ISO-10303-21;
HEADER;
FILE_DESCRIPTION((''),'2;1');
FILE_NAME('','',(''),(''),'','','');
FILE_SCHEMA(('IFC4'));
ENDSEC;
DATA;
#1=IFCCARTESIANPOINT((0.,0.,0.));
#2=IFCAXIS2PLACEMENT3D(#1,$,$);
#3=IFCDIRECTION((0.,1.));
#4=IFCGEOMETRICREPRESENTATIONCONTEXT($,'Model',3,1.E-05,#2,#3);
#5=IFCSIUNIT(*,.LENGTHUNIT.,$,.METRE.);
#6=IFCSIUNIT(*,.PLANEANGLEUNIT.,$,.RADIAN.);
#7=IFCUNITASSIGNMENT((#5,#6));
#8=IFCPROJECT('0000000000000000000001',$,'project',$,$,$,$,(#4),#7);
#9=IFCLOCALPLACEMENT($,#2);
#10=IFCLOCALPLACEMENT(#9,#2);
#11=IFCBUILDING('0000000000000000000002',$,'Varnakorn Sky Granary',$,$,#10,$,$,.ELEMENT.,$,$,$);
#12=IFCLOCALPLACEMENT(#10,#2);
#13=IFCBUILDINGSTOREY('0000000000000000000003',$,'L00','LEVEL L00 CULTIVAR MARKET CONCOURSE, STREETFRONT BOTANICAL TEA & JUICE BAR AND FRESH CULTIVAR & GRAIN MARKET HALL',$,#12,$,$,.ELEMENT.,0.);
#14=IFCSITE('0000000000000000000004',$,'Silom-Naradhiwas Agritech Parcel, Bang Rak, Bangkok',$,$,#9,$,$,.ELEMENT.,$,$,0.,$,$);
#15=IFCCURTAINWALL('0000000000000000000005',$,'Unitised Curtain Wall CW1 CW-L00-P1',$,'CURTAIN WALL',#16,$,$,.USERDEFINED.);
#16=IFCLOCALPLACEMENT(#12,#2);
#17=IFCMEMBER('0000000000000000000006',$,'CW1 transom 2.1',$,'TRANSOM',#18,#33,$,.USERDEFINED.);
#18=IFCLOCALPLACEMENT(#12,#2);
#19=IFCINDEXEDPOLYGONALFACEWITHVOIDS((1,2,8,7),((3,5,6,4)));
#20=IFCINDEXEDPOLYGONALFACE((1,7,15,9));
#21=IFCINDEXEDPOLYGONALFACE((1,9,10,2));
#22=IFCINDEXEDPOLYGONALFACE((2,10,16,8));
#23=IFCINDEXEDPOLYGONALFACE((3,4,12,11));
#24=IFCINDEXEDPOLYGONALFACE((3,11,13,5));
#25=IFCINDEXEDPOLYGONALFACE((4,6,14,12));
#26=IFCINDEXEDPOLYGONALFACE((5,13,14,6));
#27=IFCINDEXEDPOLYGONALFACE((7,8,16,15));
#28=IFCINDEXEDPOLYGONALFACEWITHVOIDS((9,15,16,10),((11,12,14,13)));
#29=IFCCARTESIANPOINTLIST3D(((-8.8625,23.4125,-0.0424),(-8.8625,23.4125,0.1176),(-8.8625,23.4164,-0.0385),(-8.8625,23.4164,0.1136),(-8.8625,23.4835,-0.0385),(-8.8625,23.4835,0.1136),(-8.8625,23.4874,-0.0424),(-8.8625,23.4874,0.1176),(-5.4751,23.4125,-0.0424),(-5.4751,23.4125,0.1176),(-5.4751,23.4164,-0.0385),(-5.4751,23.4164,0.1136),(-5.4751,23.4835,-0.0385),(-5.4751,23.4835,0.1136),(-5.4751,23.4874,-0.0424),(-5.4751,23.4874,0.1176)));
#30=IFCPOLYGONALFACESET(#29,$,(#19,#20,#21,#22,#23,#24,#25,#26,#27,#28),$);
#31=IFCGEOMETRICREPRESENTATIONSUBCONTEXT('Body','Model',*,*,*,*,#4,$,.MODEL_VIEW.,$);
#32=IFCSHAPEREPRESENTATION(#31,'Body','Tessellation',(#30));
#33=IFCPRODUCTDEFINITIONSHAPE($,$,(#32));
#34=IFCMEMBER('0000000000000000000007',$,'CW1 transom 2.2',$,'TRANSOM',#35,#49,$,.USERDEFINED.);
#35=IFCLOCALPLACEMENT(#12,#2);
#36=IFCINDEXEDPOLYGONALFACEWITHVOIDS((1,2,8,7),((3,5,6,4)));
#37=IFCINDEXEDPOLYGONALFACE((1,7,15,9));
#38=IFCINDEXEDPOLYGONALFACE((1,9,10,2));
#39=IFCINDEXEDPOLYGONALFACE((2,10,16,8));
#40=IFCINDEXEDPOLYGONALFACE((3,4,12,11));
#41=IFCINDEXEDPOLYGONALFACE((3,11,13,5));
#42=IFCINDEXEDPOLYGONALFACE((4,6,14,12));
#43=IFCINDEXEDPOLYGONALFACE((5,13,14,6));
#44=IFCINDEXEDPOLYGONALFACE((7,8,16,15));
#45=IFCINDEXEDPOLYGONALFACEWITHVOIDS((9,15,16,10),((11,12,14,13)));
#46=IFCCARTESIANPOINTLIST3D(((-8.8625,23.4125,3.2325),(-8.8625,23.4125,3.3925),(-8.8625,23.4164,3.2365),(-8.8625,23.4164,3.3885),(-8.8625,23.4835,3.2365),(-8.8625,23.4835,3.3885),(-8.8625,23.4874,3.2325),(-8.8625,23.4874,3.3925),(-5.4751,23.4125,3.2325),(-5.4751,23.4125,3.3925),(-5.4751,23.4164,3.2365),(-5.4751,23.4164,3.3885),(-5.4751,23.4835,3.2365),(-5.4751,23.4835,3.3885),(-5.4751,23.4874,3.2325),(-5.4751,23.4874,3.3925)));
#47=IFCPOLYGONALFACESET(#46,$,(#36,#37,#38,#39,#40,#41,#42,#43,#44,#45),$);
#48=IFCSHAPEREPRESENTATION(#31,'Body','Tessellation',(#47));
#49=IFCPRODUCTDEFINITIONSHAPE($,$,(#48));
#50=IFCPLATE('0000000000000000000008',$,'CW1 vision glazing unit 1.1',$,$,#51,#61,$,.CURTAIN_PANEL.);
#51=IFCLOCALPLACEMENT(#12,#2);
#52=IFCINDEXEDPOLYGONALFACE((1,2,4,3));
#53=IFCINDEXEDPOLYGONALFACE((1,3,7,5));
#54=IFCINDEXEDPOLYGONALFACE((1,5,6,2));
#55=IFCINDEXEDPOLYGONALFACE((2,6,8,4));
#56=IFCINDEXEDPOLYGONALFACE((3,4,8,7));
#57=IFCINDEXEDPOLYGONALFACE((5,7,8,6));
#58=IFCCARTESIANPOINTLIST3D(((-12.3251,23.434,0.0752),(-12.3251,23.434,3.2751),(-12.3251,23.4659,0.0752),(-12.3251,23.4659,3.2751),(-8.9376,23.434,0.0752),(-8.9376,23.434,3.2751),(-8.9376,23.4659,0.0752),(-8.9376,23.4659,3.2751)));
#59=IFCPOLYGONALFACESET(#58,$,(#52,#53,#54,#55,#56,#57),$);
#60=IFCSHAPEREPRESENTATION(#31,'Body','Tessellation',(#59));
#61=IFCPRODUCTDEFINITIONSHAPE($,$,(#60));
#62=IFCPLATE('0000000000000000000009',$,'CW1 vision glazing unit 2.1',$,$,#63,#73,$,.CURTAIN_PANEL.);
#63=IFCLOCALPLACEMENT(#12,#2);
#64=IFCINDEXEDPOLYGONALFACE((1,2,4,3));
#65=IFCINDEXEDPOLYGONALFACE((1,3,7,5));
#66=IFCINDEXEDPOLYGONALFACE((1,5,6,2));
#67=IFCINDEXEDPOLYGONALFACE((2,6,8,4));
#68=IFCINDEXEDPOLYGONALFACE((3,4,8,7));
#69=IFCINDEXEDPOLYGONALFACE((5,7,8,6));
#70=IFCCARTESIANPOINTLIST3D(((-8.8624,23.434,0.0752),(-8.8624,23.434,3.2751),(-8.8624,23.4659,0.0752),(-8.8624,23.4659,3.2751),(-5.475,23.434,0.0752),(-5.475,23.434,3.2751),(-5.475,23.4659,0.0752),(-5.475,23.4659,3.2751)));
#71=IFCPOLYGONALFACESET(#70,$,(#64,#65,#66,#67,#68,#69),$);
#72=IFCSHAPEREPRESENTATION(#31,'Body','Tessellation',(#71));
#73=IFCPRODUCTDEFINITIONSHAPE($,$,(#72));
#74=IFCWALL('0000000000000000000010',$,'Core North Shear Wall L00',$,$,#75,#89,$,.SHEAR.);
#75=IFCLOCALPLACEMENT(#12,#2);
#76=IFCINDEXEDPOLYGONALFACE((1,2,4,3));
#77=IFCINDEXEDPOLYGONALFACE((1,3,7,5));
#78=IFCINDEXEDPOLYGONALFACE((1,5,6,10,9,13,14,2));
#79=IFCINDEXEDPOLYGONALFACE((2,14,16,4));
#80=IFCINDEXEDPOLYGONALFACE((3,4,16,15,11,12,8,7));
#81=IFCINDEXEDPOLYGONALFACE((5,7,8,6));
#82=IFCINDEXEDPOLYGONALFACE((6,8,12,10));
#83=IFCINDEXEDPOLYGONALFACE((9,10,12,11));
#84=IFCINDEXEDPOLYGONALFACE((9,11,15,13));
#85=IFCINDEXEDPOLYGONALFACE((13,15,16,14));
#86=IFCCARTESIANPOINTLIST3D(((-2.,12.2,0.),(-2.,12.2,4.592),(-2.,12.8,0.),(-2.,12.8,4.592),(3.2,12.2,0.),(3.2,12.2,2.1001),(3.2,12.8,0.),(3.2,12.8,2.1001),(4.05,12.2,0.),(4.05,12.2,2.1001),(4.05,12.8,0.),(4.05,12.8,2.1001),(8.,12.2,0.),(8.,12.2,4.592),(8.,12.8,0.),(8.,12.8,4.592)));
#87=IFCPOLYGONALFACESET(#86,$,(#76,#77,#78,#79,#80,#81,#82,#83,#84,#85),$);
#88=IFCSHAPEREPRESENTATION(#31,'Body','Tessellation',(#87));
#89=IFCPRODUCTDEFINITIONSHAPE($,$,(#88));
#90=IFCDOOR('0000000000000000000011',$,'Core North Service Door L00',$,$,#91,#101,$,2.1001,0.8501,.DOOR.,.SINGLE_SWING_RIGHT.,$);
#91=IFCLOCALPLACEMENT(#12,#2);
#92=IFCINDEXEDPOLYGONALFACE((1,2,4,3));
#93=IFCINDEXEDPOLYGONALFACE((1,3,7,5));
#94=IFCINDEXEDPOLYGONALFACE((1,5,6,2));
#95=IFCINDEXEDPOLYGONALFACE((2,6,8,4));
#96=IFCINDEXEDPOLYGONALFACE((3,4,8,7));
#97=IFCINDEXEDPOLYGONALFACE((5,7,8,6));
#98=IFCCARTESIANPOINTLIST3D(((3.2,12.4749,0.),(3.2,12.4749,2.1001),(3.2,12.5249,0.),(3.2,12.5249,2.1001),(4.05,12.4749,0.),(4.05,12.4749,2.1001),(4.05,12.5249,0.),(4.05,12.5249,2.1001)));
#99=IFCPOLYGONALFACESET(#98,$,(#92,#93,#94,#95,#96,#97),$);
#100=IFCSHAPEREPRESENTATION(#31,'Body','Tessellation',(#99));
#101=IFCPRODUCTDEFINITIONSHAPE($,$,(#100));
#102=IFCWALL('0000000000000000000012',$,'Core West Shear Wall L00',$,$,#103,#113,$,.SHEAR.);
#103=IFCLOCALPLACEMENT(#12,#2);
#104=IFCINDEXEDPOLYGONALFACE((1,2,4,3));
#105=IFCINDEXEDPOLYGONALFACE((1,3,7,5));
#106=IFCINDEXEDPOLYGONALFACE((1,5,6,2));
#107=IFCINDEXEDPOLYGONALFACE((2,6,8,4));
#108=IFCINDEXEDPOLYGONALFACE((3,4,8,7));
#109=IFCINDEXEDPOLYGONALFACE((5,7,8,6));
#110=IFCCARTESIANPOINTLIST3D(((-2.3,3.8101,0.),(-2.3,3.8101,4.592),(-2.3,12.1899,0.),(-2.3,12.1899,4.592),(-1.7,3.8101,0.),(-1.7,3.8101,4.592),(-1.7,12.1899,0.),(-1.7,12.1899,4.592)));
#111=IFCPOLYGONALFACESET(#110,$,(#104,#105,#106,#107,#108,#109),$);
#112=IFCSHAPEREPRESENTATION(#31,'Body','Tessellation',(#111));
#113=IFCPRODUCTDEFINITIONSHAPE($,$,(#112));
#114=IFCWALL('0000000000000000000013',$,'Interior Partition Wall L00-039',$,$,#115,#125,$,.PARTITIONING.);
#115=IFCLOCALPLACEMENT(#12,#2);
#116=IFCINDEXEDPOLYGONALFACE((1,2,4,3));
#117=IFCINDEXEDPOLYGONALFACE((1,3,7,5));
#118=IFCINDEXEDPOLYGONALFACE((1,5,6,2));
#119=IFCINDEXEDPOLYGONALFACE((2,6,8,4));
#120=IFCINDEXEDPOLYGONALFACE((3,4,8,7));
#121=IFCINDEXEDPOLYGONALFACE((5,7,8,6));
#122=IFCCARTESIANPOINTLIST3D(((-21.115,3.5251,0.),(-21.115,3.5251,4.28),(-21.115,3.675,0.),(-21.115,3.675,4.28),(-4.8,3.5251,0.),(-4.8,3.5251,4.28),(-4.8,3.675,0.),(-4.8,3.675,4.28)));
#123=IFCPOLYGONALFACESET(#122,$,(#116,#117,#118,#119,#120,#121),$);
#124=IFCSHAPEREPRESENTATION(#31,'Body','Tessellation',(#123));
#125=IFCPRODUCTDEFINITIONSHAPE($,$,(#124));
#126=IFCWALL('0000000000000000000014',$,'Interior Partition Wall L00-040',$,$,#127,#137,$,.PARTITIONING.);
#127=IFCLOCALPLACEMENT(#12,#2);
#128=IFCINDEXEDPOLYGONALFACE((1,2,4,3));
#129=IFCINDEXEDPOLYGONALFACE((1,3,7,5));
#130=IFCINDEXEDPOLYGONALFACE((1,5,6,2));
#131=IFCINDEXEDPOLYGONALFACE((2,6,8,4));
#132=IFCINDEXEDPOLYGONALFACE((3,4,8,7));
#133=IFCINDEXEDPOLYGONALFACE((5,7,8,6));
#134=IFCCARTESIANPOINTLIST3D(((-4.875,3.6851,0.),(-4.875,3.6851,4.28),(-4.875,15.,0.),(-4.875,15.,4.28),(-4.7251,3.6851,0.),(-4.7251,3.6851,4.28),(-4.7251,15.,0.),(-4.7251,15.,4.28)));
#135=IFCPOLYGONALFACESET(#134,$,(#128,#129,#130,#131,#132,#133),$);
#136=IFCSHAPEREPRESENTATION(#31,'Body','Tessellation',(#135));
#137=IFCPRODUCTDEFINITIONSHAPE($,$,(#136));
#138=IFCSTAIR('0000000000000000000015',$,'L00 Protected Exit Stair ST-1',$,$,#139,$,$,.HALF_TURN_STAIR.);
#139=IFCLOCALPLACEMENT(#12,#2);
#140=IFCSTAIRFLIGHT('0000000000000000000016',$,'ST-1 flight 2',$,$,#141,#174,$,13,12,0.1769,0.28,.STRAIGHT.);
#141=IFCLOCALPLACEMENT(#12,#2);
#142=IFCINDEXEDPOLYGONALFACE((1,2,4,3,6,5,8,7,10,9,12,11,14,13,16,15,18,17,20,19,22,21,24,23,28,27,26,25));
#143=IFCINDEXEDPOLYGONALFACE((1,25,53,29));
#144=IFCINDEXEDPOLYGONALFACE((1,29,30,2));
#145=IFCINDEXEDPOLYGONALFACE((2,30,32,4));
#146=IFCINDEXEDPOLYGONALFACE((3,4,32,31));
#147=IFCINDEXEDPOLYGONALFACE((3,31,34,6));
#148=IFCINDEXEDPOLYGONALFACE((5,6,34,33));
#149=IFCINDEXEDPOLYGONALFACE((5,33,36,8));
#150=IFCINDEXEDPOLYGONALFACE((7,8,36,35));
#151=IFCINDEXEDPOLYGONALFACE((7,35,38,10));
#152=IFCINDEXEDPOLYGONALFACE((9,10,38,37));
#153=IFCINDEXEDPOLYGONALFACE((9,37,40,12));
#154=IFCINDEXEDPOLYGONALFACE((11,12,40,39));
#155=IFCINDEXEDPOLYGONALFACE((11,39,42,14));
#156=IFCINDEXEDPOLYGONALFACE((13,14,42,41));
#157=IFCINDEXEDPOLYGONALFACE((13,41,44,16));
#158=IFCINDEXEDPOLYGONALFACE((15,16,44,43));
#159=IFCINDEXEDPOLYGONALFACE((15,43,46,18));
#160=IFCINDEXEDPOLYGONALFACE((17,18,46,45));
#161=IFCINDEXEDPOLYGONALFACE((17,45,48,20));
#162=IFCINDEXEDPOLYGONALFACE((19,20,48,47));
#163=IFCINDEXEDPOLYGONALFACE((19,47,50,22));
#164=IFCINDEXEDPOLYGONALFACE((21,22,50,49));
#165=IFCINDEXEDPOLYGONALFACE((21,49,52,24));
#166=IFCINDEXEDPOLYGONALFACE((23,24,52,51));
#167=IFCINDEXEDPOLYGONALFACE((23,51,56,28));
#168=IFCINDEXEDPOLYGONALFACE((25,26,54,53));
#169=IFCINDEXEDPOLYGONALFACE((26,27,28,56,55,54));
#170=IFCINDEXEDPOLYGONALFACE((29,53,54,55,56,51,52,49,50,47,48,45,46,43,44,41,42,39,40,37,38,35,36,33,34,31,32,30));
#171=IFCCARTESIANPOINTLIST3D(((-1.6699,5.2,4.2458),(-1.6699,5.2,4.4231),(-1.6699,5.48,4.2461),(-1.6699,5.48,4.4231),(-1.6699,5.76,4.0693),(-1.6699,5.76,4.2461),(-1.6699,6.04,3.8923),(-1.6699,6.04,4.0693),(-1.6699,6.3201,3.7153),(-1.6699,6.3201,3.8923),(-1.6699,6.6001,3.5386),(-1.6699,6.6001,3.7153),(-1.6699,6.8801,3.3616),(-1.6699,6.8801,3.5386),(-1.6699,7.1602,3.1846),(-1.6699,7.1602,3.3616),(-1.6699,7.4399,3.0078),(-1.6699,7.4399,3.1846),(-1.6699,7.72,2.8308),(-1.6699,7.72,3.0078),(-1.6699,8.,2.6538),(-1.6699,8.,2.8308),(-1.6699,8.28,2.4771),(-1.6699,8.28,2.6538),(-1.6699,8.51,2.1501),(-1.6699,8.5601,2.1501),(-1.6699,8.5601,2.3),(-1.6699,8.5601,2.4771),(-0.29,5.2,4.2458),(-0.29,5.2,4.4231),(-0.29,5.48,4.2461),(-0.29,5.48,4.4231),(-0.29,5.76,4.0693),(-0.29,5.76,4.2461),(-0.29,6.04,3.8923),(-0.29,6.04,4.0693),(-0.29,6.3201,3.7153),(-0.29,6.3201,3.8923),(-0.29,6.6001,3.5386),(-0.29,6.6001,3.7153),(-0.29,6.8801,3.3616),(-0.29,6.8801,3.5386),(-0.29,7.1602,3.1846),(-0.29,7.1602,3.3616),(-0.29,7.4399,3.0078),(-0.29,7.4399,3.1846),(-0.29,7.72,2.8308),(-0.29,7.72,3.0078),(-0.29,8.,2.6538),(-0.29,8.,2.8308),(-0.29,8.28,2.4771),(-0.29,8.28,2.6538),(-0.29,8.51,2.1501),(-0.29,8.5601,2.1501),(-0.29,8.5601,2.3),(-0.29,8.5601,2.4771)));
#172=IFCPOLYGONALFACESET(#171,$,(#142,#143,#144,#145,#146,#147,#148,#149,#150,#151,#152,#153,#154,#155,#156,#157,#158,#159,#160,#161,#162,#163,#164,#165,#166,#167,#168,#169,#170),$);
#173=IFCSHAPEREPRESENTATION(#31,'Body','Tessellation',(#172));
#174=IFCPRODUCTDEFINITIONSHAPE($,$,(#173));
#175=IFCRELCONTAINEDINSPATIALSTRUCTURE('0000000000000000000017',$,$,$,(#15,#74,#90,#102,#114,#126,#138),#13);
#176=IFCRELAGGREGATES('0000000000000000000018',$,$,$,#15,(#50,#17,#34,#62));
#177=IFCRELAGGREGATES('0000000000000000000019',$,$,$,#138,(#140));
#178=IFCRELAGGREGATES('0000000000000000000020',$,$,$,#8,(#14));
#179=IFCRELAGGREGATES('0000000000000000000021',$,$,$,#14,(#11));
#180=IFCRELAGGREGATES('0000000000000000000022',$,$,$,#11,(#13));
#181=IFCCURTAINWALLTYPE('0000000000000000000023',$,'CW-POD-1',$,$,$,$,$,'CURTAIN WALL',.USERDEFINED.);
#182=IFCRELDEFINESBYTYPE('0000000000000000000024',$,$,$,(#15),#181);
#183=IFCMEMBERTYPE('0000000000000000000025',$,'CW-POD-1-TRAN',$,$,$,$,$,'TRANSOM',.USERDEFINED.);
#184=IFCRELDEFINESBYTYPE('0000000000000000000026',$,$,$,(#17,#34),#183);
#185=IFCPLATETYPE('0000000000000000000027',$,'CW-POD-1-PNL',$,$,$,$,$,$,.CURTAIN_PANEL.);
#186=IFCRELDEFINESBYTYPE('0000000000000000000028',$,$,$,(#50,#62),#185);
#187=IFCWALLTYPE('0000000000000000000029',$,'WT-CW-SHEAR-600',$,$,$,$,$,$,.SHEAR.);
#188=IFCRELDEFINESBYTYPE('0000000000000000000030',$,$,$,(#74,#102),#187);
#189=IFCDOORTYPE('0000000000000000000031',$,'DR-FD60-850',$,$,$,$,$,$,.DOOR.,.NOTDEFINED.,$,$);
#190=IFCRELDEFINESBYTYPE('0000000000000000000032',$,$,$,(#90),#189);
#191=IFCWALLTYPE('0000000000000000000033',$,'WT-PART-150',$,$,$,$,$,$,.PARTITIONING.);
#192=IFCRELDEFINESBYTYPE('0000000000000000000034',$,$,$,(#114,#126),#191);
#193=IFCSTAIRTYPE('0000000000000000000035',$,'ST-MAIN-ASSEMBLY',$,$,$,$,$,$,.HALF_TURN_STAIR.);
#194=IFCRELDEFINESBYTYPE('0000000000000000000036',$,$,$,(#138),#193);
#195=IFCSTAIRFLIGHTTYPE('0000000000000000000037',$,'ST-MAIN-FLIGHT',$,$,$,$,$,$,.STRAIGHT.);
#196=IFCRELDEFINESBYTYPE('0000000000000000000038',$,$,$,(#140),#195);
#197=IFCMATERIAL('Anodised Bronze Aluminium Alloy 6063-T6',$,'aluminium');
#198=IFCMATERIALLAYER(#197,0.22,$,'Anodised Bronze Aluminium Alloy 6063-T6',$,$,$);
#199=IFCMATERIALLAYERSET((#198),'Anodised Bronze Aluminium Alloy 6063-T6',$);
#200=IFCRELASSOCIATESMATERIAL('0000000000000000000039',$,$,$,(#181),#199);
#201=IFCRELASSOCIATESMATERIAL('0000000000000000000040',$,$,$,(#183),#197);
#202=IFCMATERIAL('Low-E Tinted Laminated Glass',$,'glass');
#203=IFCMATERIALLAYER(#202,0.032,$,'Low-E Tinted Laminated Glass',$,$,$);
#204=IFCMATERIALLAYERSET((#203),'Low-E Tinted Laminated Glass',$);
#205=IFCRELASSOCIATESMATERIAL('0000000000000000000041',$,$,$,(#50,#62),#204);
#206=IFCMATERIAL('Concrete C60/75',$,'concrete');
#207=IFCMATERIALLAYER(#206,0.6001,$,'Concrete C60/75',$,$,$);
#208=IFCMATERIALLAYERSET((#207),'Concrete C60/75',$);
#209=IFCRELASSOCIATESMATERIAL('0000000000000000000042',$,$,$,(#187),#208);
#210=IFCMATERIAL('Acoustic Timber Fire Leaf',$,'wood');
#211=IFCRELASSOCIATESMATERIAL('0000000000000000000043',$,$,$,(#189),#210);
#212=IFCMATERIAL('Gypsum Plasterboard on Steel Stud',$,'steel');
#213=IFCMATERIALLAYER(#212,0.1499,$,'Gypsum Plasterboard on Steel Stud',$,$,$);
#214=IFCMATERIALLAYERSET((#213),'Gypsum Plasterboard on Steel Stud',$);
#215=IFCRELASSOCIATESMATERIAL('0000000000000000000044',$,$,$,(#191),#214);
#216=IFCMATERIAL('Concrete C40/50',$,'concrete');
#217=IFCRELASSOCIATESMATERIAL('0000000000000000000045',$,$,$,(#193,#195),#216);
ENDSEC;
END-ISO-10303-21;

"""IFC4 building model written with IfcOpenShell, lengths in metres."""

from ifc_helpers import new_model, si_unit, direction, frame, frame_2d, origin, origin_2d, place, context, subcontext, project, spatial, polyline, rectangle, hollow_rectangle, outline, extrude, source, transform, mapped, material, layer, layer_set, material_profile, profile_set, type_object, type_shapes, element, fill, aggregate, save


model = new_model("IFC4")

# Units and contexts
model_context = context("Model", 3, precision=1e-05, world=origin(), true_north=direction((0.0, 1.0)))
body_context = subcontext(model_context, "Body", "Model", "MODEL_VIEW")
ifc_project = project(units=[si_unit("LENGTHUNIT", "METRE"), si_unit("PLANEANGLEUNIT", "RADIAN")], contexts=[model_context])

# Site, building, storey
site_placement = place(None, origin())
site = spatial("IfcSite", under=ifc_project, at=site_placement, Name="Silom-Naradhiwas Agritech Parcel, Bang Rak, Bangkok", CompositionType="ELEMENT", RefElevation=0.0)
building_placement = place(site_placement, origin())
building = spatial("IfcBuilding", under=site, at=building_placement, Name="Varnakorn Sky Granary", CompositionType="ELEMENT")
storey_placement = place(building_placement, origin())
storey = spatial("IfcBuildingStorey", under=building, at=storey_placement, Name="L00", Description="LEVEL L00 CULTIVAR MARKET CONCOURSE, STREETFRONT BOTANICAL TEA & JUICE BAR AND FRESH CULTIVAR & GRAIN MARKET HALL", CompositionType="ELEMENT", Elevation=0.0)

# Shared definitions
ifc_material_1 = material(Name="Concrete C60/75", Category="concrete")

# Curtain wall, members, plates
ifc_material_2 = material(Name="Anodised Bronze Aluminium Alloy 6063-T6", Category="aluminium")
ifc_layer_1 = layer(ifc_material_2, 0.22, Name="Anodised Bronze Aluminium Alloy 6063-T6")
ifc_layer_set_1 = layer_set([ifc_layer_1], Name="Anodised Bronze Aluminium Alloy 6063-T6")
curtain_wall_type = type_object("IfcCurtainWallType", Name="CW-POD-1", ElementType="CURTAIN WALL", PredefinedType="USERDEFINED", material=ifc_layer_set_1)
curtain_wall_placement = place(storey_placement, origin())
curtain_wall = element("IfcCurtainWall", 1, at=curtain_wall_placement, inside=storey, type_object=curtain_wall_type, Name="Unitised Curtain Wall CW1 CW-L00-P1", ObjectType="CURTAIN WALL", PredefinedType="USERDEFINED")
ifc_material_profile_1 = material_profile(ifc_material_2, hollow_rectangle(XDim=0.075, YDim=0.1599, WallThickness=0.0039, at=origin_2d()), Name="ALU TRAN 75x160")
ifc_profile_set_1 = profile_set([ifc_material_profile_1], Name="Anodised Bronze Aluminium Alloy 6063-T6")
member_type_1 = type_object("IfcMemberType", Name="CW-POD-1-TRAN", ElementType="TRANSOM", PredefinedType="USERDEFINED", material=ifc_profile_set_1)
member_1_placement = place(storey_placement, frame((-8.8625, 23.45, 0.0376), z_axis=(1.0, 0.0, 0.0), x_axis=(0.0, 1.0, 0.0)))
member_1 = element("IfcMember", 2, at=member_1_placement, type_object=member_type_1, Name="CW1 transom 2.1", ObjectType="TRANSOM", PredefinedType="USERDEFINED", context=body_context, shape_type="SweptSolid", body=[
    extrude(hollow_rectangle(XDim=0.075, YDim=0.1599, WallThickness=0.0039, at=origin_2d()), origin(), (0.0, 0.0, 1.0), 3.3875),
])
member_2_placement = place(storey_placement, frame((-8.8625, 23.45, 3.3125), z_axis=(1.0, 0.0, 0.0), x_axis=(0.0, 1.0, 0.0)))
member_2 = element("IfcMember", 3, at=member_2_placement, type_object=member_type_1, Name="CW1 transom 2.2", ObjectType="TRANSOM", PredefinedType="USERDEFINED", context=body_context, shape_type="SweptSolid", body=[
    extrude(hollow_rectangle(XDim=0.075, YDim=0.1599, WallThickness=0.0039, at=origin_2d()), origin(), (0.0, 0.0, 1.0), 3.3875),
])
ifc_material_3 = material(Name="Low-E Tinted Laminated Glass", Category="glass")
ifc_layer_2 = layer(ifc_material_3, 0.032, Name="Low-E Tinted Laminated Glass")
ifc_layer_set_2 = layer_set([ifc_layer_2], Name="Low-E Tinted Laminated Glass")
plate_type = type_object("IfcPlateType", Name="CW-POD-1-PNL", PredefinedType="CURTAIN_PANEL")
shared_shape = source(origin(), body_context, "Body", "SweptSolid", [
    extrude(rectangle(XDim=3.3875, YDim=0.032, at=origin_2d()), origin(), (0.0, 0.0, 1.0), 3.2),
])
type_shapes(plate_type, [shared_shape])
plate_1_placement = place(storey_placement, frame((-10.6313, 23.45, 0.0752), z_axis=(0.0, 0.0, 1.0), x_axis=(1.0, 0.0, 0.0)))
plate_1 = element("IfcPlate", 4, at=plate_1_placement, type_object=plate_type, material=ifc_layer_set_2, Name="CW1 vision glazing unit 1.1", PredefinedType="CURTAIN_PANEL", context=body_context, shape_type="MappedRepresentation", body=[
    mapped(shared_shape, transform((0.0, 0.0, 0.0), x_axis=(1.0, 0.0, 0.0), y_axis=(0.0, 1.0, 0.0), z_axis=(0.0, 0.0, 1.0), scale=1.0)),
])
plate_2_placement = place(storey_placement, frame((-7.1687, 23.45, 0.0752), z_axis=(0.0, 0.0, 1.0), x_axis=(1.0, 0.0, 0.0)))
plate_2 = element("IfcPlate", 5, at=plate_2_placement, type_object=plate_type, material=ifc_layer_set_2, Name="CW1 vision glazing unit 2.1", PredefinedType="CURTAIN_PANEL", context=body_context, shape_type="MappedRepresentation", body=[
    mapped(shared_shape, transform((0.0, 0.0, 0.0), x_axis=(1.0, 0.0, 0.0), y_axis=(0.0, 1.0, 0.0), z_axis=(0.0, 0.0, 1.0), scale=1.0)),
])
aggregate(curtain_wall, [plate_1, member_1, member_2, plate_2])

# Wall, opening, door
ifc_layer_3 = layer(ifc_material_1, 0.6001, Name="Concrete C60/75")
ifc_layer_set_3 = layer_set([ifc_layer_3], Name="Concrete C60/75")
wall_type_1 = type_object("IfcWallType", Name="WT-CW-SHEAR-600", PredefinedType="SHEAR", material=ifc_layer_set_3)
wall_1_placement = place(storey_placement, frame((-2.0, 12.5, 0.0), z_axis=(0.0, 0.0, 1.0), x_axis=(1.0, 0.0, 0.0)))
wall_1 = element("IfcWall", 6, at=wall_1_placement, inside=storey, type_object=wall_type_1, Name="Core North Shear Wall L00", PredefinedType="SHEAR", context=body_context, shape_type="SweptSolid", body=[
    extrude(rectangle(XDim=10.0, YDim=0.6001, at=frame_2d((5.0, 0.0))), origin(), (0.0, 0.0, 1.0), 4.592),
])
opening_placement = place(wall_1_placement, frame((5.2, 0.0, 0.0)))
opening = element("IfcOpeningElement", 7, at=opening_placement, cuts=wall_1, PredefinedType="OPENING", context=body_context, shape_type="SweptSolid", body=[
    extrude(rectangle(XDim=0.8501, YDim=2.1001, at=frame_2d((0.425, 1.05))), frame((0.0, 0.3101, 0.0), z_axis=(0.0, -1.0, 0.0), x_axis=(1.0, 0.0, 0.0)), (0.0, 0.0, 1.0), 0.6201),
])
ifc_material_4 = material(Name="Acoustic Timber Fire Leaf", Category="wood")
door_type = type_object("IfcDoorType", Name="DR-FD60-850", OperationType="NOTDEFINED", PredefinedType="DOOR", material=ifc_material_4)
door_placement = place(opening_placement, origin())
door = element("IfcDoor", 8, at=door_placement, inside=storey, type_object=door_type, Name="Core North Service Door L00", OperationType="SINGLE_SWING_RIGHT", OverallHeight=2.1001, OverallWidth=0.8501, PredefinedType="DOOR", context=body_context, shape_type="SweptSolid", body=[
    extrude(rectangle(XDim=0.8501, YDim=2.1001, at=frame_2d((0.425, 1.05))), frame((0.0, 0.0249, 0.0), z_axis=(0.0, -1.0, 0.0), x_axis=(1.0, 0.0, 0.0)), (0.0, 0.0, 1.0), 0.05),
])
fill(opening, door)

# Walls
wall_2_placement = place(storey_placement, frame((-2.0, 3.8101, 0.0), z_axis=(0.0, 0.0, 1.0), x_axis=(0.0, 1.0, 0.0)))
element("IfcWall", 9, at=wall_2_placement, inside=storey, type_object=wall_type_1, Name="Core West Shear Wall L00", PredefinedType="SHEAR", context=body_context, shape_type="SweptSolid", body=[
    extrude(rectangle(XDim=8.3799, YDim=0.6001, at=frame_2d((4.1899, 0.0))), origin(), (0.0, 0.0, 1.0), 4.592),
])
ifc_material_5 = material(Name="Gypsum Plasterboard on Steel Stud", Category="steel")
ifc_layer_4 = layer(ifc_material_5, 0.1499, Name="Gypsum Plasterboard on Steel Stud")
ifc_layer_set_4 = layer_set([ifc_layer_4], Name="Gypsum Plasterboard on Steel Stud")
wall_type_2 = type_object("IfcWallType", Name="WT-PART-150", PredefinedType="PARTITIONING", material=ifc_layer_set_4)
wall_3_placement = place(storey_placement, frame((-4.8, 3.6001, 0.0), z_axis=(0.0, 0.0, 1.0), x_axis=(-1.0, 0.0, 0.0)))
element("IfcWall", 10, at=wall_3_placement, inside=storey, type_object=wall_type_2, Name="Interior Partition Wall L00-039", PredefinedType="PARTITIONING", context=body_context, shape_type="SweptSolid", body=[
    extrude(rectangle(XDim=16.3149, YDim=0.1499, at=frame_2d((8.1575, 0.0))), origin(), (0.0, 0.0, 1.0), 4.28),
])
wall_4_placement = place(storey_placement, frame((-4.8, 15.0, 0.0), z_axis=(0.0, 0.0, 1.0), x_axis=(0.0, -1.0, 0.0)))
element("IfcWall", 11, at=wall_4_placement, inside=storey, type_object=wall_type_2, Name="Interior Partition Wall L00-040", PredefinedType="PARTITIONING", context=body_context, shape_type="SweptSolid", body=[
    extrude(rectangle(XDim=11.3149, YDim=0.1499, at=frame_2d((5.6575, 0.0))), origin(), (0.0, 0.0, 1.0), 4.28),
])

# Stair, stair flight
ifc_material_6 = material(Name="Concrete C40/50", Category="concrete")
stair_type = type_object("IfcStairType", Name="ST-MAIN-ASSEMBLY", PredefinedType="HALF_TURN_STAIR", material=ifc_material_6)
stair_placement = place(storey_placement, origin())
stair = element("IfcStair", 12, at=stair_placement, inside=storey, type_object=stair_type, Name="L00 Protected Exit Stair ST-1", PredefinedType="HALF_TURN_STAIR")
stair_flight_type = type_object("IfcStairFlightType", Name="ST-MAIN-FLIGHT", PredefinedType="STRAIGHT", material=ifc_material_6)
stair_flight_placement = place(storey_placement, frame((-0.98, 8.5601, 2.3), z_axis=(0.0, 0.0, 1.0), x_axis=(0.0, -1.0, 0.0)))
stair_flight = element("IfcStairFlight", 13, at=stair_flight_placement, type_object=stair_flight_type, Name="ST-1 flight 2", NumberOfRisers=13, NumberOfTreads=12, PredefinedType="STRAIGHT", RiserHeight=0.1769, TreadLength=0.28, context=body_context, shape_type="SweptSolid", body=[
    extrude(outline(polyline([(0.0, -0.1499), (0.0, 0.0), (0.0, 0.177), (0.28, 0.177), (0.28, 0.3538), (0.5601, 0.3538), (0.5601, 0.5308), (0.8401, 0.5308), (0.8401, 0.7078), (1.1201, 0.7078), (1.1201, 0.8845), (1.3999, 0.8845), (1.3999, 1.0615), (1.6799, 1.0615), (1.6799, 1.2385), (1.96, 1.2385), (1.96, 1.4153), (2.24, 1.4153), (2.24, 1.5923), (2.52, 1.5923), (2.52, 1.7693), (2.8, 1.7693), (2.8, 1.946), (3.0801, 1.946), (3.0801, 2.123), (3.3601, 2.123), (3.3601, 2.3), (3.3601, 1.9458), (0.05, -0.1499), (0.0, -0.1499)])), frame((0.0, 0.6899, 0.0), z_axis=(0.0, -1.0, 0.0), x_axis=(1.0, 0.0, 0.0)), (0.0, 0.0, 1.0), 1.3799),
])
aggregate(stair, [stair_flight])

save(model, "model.ifc")
